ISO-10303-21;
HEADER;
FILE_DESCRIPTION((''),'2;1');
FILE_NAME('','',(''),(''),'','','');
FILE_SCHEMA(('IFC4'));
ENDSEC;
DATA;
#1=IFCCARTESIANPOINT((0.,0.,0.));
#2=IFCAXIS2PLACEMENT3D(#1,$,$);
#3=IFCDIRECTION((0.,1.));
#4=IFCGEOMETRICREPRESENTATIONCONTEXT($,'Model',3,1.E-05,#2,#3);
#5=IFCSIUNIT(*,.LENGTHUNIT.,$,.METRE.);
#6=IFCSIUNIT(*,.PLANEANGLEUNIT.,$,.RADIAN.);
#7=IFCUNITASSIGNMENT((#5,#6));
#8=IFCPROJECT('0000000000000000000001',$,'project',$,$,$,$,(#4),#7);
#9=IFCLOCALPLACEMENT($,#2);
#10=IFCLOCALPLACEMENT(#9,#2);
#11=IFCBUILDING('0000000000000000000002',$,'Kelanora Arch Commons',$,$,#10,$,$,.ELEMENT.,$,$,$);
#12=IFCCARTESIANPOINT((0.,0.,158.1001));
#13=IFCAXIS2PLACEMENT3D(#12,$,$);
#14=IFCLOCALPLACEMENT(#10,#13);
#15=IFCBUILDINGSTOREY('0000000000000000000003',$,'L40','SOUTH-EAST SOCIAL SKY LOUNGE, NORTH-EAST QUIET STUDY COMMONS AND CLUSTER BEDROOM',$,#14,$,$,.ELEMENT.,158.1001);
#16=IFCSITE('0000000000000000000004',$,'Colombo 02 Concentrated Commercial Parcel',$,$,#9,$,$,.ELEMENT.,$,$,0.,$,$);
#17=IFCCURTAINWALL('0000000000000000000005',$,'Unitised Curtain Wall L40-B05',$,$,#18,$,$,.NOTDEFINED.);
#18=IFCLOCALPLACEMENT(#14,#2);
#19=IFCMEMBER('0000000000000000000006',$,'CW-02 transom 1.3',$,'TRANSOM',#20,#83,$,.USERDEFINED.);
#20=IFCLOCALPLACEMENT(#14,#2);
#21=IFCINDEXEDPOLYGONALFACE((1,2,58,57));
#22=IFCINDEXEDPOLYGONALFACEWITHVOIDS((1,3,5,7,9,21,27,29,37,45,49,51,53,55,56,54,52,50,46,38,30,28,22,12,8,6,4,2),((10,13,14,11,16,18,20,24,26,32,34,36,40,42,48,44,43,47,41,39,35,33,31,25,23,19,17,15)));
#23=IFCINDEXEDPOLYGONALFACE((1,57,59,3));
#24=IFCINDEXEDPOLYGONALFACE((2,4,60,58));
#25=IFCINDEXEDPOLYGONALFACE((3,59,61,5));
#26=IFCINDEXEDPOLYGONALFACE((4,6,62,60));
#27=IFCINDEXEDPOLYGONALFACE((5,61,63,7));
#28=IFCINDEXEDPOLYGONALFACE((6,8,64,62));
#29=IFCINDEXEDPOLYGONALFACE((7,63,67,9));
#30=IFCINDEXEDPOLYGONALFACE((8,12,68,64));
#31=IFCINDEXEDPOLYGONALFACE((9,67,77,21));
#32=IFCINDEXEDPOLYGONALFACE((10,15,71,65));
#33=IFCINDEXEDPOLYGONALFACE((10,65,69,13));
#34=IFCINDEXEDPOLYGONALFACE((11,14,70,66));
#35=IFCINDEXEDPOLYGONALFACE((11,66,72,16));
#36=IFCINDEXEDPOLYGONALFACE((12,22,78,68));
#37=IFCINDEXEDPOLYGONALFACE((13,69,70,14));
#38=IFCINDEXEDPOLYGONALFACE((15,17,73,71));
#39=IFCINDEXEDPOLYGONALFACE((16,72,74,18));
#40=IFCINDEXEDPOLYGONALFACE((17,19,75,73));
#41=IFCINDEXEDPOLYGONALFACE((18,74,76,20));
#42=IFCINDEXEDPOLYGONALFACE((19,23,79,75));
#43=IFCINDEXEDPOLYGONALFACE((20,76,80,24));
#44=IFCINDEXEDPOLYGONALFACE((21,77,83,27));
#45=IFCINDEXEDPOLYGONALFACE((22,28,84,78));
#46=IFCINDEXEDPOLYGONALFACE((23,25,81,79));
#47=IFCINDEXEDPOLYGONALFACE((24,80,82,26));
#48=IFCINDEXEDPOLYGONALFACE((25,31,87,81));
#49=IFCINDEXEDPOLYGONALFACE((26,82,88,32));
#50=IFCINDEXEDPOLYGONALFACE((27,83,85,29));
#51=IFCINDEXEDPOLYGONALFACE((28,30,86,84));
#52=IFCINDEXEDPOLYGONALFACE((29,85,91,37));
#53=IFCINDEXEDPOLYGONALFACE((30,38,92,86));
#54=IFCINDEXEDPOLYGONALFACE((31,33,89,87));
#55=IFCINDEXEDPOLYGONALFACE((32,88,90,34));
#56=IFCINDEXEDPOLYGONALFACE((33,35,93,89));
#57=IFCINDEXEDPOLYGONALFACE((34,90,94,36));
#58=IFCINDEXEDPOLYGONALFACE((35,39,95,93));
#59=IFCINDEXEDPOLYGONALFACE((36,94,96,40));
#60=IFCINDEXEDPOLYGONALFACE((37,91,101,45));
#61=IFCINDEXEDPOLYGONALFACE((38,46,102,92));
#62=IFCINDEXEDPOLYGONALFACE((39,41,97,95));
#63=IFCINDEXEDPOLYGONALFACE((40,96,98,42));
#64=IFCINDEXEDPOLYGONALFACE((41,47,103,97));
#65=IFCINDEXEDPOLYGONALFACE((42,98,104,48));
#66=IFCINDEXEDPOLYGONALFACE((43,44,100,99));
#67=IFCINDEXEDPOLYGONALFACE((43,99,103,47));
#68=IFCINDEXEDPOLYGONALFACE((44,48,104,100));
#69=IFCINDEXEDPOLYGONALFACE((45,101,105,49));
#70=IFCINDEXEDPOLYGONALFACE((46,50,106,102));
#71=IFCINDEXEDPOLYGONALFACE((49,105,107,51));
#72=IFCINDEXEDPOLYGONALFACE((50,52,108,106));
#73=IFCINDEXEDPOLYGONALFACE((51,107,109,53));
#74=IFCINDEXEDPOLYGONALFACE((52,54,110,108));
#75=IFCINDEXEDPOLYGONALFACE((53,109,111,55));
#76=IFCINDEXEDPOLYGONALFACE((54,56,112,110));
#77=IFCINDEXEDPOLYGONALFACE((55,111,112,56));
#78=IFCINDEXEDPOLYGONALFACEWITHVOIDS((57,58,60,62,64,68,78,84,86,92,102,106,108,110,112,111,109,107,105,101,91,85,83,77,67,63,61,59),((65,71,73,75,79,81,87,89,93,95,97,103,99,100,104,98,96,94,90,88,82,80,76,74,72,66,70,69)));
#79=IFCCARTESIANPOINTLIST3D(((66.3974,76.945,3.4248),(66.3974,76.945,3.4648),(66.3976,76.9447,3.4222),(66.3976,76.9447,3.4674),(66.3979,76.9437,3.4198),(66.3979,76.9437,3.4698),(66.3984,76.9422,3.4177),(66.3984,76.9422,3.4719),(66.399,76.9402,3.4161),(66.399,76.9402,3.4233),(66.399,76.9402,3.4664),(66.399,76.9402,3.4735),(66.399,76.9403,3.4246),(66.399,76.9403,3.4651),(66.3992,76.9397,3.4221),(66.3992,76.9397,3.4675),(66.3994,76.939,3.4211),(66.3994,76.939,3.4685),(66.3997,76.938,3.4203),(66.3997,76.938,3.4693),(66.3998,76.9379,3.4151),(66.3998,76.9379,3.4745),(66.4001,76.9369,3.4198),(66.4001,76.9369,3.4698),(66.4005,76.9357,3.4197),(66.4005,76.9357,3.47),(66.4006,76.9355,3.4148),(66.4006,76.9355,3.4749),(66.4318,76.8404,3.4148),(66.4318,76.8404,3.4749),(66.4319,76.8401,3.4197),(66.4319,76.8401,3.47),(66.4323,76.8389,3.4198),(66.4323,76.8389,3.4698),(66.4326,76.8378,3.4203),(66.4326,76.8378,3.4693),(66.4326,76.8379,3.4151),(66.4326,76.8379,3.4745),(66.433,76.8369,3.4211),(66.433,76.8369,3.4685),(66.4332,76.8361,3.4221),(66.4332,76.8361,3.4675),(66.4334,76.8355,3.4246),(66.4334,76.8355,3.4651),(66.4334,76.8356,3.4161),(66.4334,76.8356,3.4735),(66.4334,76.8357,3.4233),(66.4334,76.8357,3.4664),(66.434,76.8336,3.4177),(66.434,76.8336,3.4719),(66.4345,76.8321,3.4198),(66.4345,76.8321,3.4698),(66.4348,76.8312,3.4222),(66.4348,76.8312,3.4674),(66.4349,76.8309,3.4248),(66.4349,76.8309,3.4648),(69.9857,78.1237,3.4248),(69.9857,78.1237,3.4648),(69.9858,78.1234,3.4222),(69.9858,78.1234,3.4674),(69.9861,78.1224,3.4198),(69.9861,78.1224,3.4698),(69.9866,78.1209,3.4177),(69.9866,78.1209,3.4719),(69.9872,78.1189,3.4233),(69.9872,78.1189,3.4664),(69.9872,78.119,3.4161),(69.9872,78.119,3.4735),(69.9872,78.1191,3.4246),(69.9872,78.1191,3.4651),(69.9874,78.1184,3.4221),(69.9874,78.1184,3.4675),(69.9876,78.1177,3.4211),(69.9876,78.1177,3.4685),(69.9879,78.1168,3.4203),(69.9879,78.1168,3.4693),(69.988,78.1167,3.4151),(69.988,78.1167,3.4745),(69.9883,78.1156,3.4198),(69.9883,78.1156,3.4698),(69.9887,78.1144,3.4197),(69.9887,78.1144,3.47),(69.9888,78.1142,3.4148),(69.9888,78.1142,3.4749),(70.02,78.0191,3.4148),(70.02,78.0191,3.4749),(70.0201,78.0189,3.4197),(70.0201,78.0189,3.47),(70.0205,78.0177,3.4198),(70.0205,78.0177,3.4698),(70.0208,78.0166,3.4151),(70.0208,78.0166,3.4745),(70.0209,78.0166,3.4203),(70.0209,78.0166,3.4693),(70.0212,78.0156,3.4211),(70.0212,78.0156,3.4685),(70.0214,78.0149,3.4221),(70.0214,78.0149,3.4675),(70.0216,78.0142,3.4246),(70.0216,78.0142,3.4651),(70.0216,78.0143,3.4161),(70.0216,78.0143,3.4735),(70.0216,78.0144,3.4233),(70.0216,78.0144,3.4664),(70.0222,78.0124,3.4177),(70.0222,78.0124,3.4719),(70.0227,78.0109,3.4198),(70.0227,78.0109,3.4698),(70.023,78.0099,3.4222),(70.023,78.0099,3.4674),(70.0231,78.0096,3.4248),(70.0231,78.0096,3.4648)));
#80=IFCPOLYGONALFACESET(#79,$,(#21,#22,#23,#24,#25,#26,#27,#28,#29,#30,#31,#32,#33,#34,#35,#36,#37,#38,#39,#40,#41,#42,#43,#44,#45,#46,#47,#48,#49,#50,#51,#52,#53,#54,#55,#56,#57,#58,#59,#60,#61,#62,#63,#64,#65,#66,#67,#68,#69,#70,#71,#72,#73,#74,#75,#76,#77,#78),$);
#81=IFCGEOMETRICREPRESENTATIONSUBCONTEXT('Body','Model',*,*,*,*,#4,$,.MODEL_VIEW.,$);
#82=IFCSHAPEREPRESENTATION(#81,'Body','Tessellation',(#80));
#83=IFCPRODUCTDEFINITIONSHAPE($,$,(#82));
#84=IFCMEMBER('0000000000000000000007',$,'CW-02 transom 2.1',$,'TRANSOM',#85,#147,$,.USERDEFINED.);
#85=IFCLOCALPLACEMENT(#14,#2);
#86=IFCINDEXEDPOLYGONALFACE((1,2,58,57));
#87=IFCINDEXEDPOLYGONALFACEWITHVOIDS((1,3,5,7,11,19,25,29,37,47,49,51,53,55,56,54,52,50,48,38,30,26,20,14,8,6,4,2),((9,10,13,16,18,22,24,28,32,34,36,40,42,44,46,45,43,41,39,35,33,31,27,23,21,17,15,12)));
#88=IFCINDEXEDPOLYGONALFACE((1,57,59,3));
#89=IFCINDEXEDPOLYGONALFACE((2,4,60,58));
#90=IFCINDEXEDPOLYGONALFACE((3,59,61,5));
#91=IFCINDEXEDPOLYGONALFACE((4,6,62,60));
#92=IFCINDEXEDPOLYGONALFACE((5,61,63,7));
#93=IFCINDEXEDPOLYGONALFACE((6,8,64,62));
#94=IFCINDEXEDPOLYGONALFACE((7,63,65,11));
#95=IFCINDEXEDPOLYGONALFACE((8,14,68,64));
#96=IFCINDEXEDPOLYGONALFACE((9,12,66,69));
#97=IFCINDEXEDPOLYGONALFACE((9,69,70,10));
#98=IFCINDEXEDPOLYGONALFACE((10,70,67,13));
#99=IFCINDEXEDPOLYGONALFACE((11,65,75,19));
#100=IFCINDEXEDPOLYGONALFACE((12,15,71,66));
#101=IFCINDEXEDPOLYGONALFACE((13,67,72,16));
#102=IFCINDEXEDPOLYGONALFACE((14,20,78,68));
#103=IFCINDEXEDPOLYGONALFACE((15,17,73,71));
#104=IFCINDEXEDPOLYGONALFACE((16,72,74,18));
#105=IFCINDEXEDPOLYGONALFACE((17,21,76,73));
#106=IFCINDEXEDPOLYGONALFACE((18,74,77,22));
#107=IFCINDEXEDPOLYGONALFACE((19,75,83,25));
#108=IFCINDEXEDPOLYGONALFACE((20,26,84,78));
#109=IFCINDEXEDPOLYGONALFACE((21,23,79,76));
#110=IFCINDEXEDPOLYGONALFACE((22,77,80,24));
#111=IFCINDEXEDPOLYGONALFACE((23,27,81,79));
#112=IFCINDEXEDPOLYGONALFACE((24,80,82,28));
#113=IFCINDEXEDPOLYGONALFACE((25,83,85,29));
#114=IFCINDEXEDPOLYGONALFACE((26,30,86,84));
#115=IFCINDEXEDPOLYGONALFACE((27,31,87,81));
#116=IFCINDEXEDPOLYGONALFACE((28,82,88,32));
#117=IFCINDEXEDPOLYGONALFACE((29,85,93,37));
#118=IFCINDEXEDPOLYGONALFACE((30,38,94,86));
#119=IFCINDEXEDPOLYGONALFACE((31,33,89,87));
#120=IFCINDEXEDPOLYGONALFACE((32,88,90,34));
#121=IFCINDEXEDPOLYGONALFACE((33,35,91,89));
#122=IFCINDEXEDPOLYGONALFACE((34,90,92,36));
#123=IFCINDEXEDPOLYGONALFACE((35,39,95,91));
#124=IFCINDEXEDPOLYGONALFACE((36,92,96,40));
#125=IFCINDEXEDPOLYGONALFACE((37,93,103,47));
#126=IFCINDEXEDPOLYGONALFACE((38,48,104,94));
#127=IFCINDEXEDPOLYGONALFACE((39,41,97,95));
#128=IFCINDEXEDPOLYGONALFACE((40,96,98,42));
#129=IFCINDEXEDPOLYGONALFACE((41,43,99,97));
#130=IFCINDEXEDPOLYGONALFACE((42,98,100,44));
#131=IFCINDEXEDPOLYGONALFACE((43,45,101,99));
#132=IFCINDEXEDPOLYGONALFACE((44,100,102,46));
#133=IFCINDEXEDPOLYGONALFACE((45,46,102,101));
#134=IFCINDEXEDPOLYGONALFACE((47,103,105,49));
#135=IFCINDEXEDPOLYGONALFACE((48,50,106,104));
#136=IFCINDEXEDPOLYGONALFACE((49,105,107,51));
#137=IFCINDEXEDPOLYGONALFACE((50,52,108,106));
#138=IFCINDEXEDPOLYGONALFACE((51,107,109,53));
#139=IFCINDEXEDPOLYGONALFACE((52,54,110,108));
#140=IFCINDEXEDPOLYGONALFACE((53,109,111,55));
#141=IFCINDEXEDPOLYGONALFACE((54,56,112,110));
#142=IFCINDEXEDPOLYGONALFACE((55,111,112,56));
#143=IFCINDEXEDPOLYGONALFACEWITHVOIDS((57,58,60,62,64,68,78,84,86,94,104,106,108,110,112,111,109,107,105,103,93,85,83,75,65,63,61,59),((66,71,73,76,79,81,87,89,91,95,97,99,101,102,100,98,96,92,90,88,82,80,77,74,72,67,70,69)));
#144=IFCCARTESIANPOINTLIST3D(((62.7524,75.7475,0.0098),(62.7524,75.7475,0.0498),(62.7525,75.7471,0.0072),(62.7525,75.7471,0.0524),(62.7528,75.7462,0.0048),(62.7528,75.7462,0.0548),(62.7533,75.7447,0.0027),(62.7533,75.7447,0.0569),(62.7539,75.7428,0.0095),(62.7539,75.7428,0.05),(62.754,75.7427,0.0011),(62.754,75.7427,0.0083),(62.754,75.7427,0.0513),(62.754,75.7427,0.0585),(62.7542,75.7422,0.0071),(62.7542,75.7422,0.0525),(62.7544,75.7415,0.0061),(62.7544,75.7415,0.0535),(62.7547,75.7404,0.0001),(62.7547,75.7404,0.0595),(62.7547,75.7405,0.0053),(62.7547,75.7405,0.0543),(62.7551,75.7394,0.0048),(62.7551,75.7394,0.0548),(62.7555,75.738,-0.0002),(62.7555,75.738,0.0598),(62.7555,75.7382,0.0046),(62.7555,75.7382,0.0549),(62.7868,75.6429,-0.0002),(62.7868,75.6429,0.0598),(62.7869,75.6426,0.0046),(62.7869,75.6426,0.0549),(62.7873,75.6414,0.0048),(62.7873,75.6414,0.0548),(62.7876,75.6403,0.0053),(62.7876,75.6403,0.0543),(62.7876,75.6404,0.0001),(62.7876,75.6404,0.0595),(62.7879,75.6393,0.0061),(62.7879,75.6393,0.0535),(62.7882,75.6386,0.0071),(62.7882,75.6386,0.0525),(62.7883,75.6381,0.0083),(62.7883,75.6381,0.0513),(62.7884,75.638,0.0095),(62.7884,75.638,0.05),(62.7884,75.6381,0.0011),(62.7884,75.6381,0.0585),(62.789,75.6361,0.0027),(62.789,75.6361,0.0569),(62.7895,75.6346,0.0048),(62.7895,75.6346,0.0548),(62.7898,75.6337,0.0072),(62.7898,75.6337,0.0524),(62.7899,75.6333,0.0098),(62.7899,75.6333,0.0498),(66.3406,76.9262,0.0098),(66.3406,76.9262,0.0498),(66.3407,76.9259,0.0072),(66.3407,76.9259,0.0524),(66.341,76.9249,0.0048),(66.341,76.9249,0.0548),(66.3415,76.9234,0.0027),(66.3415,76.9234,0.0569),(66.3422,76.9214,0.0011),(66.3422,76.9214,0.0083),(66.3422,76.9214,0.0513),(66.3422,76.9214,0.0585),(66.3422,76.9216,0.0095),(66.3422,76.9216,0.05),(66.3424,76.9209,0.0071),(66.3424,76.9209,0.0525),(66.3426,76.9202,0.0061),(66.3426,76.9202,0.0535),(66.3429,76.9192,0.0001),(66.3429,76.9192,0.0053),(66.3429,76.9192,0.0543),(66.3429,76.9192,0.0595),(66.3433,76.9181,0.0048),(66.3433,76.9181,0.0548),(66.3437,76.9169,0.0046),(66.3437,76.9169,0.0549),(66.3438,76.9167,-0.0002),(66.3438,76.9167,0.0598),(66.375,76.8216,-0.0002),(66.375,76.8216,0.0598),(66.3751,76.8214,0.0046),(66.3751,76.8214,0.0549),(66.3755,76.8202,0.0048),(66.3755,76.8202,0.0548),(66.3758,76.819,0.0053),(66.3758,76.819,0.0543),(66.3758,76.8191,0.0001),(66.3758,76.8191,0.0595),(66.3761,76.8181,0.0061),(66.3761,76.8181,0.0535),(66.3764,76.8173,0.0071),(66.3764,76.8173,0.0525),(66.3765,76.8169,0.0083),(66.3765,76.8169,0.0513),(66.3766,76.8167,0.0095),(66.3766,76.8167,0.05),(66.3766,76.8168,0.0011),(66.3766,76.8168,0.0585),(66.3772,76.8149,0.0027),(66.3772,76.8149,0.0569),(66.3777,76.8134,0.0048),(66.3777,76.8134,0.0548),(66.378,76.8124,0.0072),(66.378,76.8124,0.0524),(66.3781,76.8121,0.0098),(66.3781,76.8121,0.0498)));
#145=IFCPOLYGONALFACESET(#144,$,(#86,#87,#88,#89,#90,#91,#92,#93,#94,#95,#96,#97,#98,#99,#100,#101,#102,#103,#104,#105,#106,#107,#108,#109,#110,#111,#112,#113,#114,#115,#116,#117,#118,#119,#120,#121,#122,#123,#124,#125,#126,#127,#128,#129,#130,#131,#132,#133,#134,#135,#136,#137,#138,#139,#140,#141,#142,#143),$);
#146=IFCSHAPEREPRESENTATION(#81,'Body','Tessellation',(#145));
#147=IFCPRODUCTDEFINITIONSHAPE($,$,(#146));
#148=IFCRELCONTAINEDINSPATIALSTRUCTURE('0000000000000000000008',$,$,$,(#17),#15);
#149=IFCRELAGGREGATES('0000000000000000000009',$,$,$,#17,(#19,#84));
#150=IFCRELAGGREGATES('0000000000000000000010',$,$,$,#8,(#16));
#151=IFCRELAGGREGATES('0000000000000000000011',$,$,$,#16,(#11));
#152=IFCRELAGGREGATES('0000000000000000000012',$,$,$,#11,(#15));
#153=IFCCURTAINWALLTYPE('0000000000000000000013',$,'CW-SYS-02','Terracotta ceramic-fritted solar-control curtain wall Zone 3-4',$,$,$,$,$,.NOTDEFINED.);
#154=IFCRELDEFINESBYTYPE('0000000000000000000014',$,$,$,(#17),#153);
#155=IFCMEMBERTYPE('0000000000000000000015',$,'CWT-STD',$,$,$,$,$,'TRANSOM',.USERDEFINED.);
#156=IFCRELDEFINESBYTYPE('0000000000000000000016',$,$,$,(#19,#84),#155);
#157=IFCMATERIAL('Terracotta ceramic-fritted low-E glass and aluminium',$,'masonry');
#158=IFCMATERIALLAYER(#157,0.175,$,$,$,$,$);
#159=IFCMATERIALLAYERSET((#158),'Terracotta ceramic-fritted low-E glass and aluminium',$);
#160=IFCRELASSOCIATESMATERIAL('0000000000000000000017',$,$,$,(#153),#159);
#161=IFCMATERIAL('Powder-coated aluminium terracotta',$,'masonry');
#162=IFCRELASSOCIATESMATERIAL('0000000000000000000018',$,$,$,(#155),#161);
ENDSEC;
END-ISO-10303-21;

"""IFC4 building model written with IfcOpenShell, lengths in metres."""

from ifc_helpers import new_model, si_unit, direction, frame, origin, origin_2d, place, context, subcontext, project, spatial, hollow_rectangle, extrude, material, layer, layer_set, material_profile, profile_set, type_object, element, aggregate, save


model = new_model("IFC4")

# Units and contexts
model_context = context("Model", 3, precision=1e-05, world=origin(), true_north=direction((0.0, 1.0)))
body_context = subcontext(model_context, "Body", "Model", "MODEL_VIEW")
ifc_project = project(units=[si_unit("LENGTHUNIT", "METRE"), si_unit("PLANEANGLEUNIT", "RADIAN")], contexts=[model_context])

# Site, building, storey
site_placement = place(None, origin())
site = spatial("IfcSite", under=ifc_project, at=site_placement, Name="Colombo 02 Concentrated Commercial Parcel", CompositionType="ELEMENT", RefElevation=0.0)
building_placement = place(site_placement, origin())
building = spatial("IfcBuilding", under=site, at=building_placement, Name="Kelanora Arch Commons", CompositionType="ELEMENT")
storey_placement = place(building_placement, frame((0.0, 0.0, 158.1001)))
storey = spatial("IfcBuildingStorey", under=building, at=storey_placement, Name="L40", Description="SOUTH-EAST SOCIAL SKY LOUNGE, NORTH-EAST QUIET STUDY COMMONS AND CLUSTER BEDROOM", CompositionType="ELEMENT", Elevation=158.1001)

# Curtain wall, members
ifc_material_1 = material(Name="Terracotta ceramic-fritted low-E glass and aluminium", Category="masonry")
ifc_layer_1 = layer(ifc_material_1, 0.175)
ifc_layer_set_1 = layer_set([ifc_layer_1], Name="Terracotta ceramic-fritted low-E glass and aluminium")
curtain_wall_type = type_object("IfcCurtainWallType", Name="CW-SYS-02", Description="Terracotta ceramic-fritted solar-control curtain wall Zone 3-4", PredefinedType="NOTDEFINED", material=ifc_layer_set_1)
curtain_wall_placement = place(storey_placement, origin())
curtain_wall = element("IfcCurtainWall", 1, at=curtain_wall_placement, inside=storey, type_object=curtain_wall_type, Name="Unitised Curtain Wall L40-B05", PredefinedType="NOTDEFINED")
ifc_material_2 = material(Name="Powder-coated aluminium terracotta", Category="masonry")
ifc_material_profile_1 = material_profile(ifc_material_2, hollow_rectangle(XDim=0.1201, YDim=0.0601, WallThickness=0.0049, InnerFilletRadius=0.0049, OuterFilletRadius=0.01, at=origin_2d()), Name="CWT120x60")
ifc_profile_set_1 = profile_set([ifc_material_profile_1], Name="Powder-coated aluminium terracotta")
member_type_1 = type_object("IfcMemberType", Name="CWT-STD", ElementType="TRANSOM", PredefinedType="USERDEFINED", material=ifc_profile_set_1)
member_1_placement = place(storey_placement, frame((70.0044, 78.0667, 3.4448), z_axis=(-0.950051, -0.312094, 0.0), x_axis=(0.312094, -0.950051, 0.0)))
member_1 = element("IfcMember", 2, at=member_1_placement, type_object=member_type_1, Name="CW-02 transom 1.3", ObjectType="TRANSOM", PredefinedType="USERDEFINED", context=body_context, shape_type="SweptSolid", body=[
    extrude(hollow_rectangle(XDim=0.1201, YDim=0.0601, WallThickness=0.0049, InnerFilletRadius=0.0049, OuterFilletRadius=0.01, at=origin_2d()), origin(), (0.0, 0.0, 1.0), 3.7769),
])
member_2_placement = place(storey_placement, frame((66.3594, 76.8691, 0.0298), z_axis=(-0.950051, -0.312094, 0.0), x_axis=(0.312094, -0.950051, 0.0)))
member_2 = element("IfcMember", 3, at=member_2_placement, type_object=member_type_1, Name="CW-02 transom 2.1", ObjectType="TRANSOM", PredefinedType="USERDEFINED", context=body_context, shape_type="SweptSolid", body=[
    extrude(hollow_rectangle(XDim=0.1201, YDim=0.0601, WallThickness=0.0049, InnerFilletRadius=0.0049, OuterFilletRadius=0.01, at=origin_2d()), origin(), (0.0, 0.0, 1.0), 3.7769),
])
aggregate(curtain_wall, [member_1, member_2])

save(model, "model.ifc")
